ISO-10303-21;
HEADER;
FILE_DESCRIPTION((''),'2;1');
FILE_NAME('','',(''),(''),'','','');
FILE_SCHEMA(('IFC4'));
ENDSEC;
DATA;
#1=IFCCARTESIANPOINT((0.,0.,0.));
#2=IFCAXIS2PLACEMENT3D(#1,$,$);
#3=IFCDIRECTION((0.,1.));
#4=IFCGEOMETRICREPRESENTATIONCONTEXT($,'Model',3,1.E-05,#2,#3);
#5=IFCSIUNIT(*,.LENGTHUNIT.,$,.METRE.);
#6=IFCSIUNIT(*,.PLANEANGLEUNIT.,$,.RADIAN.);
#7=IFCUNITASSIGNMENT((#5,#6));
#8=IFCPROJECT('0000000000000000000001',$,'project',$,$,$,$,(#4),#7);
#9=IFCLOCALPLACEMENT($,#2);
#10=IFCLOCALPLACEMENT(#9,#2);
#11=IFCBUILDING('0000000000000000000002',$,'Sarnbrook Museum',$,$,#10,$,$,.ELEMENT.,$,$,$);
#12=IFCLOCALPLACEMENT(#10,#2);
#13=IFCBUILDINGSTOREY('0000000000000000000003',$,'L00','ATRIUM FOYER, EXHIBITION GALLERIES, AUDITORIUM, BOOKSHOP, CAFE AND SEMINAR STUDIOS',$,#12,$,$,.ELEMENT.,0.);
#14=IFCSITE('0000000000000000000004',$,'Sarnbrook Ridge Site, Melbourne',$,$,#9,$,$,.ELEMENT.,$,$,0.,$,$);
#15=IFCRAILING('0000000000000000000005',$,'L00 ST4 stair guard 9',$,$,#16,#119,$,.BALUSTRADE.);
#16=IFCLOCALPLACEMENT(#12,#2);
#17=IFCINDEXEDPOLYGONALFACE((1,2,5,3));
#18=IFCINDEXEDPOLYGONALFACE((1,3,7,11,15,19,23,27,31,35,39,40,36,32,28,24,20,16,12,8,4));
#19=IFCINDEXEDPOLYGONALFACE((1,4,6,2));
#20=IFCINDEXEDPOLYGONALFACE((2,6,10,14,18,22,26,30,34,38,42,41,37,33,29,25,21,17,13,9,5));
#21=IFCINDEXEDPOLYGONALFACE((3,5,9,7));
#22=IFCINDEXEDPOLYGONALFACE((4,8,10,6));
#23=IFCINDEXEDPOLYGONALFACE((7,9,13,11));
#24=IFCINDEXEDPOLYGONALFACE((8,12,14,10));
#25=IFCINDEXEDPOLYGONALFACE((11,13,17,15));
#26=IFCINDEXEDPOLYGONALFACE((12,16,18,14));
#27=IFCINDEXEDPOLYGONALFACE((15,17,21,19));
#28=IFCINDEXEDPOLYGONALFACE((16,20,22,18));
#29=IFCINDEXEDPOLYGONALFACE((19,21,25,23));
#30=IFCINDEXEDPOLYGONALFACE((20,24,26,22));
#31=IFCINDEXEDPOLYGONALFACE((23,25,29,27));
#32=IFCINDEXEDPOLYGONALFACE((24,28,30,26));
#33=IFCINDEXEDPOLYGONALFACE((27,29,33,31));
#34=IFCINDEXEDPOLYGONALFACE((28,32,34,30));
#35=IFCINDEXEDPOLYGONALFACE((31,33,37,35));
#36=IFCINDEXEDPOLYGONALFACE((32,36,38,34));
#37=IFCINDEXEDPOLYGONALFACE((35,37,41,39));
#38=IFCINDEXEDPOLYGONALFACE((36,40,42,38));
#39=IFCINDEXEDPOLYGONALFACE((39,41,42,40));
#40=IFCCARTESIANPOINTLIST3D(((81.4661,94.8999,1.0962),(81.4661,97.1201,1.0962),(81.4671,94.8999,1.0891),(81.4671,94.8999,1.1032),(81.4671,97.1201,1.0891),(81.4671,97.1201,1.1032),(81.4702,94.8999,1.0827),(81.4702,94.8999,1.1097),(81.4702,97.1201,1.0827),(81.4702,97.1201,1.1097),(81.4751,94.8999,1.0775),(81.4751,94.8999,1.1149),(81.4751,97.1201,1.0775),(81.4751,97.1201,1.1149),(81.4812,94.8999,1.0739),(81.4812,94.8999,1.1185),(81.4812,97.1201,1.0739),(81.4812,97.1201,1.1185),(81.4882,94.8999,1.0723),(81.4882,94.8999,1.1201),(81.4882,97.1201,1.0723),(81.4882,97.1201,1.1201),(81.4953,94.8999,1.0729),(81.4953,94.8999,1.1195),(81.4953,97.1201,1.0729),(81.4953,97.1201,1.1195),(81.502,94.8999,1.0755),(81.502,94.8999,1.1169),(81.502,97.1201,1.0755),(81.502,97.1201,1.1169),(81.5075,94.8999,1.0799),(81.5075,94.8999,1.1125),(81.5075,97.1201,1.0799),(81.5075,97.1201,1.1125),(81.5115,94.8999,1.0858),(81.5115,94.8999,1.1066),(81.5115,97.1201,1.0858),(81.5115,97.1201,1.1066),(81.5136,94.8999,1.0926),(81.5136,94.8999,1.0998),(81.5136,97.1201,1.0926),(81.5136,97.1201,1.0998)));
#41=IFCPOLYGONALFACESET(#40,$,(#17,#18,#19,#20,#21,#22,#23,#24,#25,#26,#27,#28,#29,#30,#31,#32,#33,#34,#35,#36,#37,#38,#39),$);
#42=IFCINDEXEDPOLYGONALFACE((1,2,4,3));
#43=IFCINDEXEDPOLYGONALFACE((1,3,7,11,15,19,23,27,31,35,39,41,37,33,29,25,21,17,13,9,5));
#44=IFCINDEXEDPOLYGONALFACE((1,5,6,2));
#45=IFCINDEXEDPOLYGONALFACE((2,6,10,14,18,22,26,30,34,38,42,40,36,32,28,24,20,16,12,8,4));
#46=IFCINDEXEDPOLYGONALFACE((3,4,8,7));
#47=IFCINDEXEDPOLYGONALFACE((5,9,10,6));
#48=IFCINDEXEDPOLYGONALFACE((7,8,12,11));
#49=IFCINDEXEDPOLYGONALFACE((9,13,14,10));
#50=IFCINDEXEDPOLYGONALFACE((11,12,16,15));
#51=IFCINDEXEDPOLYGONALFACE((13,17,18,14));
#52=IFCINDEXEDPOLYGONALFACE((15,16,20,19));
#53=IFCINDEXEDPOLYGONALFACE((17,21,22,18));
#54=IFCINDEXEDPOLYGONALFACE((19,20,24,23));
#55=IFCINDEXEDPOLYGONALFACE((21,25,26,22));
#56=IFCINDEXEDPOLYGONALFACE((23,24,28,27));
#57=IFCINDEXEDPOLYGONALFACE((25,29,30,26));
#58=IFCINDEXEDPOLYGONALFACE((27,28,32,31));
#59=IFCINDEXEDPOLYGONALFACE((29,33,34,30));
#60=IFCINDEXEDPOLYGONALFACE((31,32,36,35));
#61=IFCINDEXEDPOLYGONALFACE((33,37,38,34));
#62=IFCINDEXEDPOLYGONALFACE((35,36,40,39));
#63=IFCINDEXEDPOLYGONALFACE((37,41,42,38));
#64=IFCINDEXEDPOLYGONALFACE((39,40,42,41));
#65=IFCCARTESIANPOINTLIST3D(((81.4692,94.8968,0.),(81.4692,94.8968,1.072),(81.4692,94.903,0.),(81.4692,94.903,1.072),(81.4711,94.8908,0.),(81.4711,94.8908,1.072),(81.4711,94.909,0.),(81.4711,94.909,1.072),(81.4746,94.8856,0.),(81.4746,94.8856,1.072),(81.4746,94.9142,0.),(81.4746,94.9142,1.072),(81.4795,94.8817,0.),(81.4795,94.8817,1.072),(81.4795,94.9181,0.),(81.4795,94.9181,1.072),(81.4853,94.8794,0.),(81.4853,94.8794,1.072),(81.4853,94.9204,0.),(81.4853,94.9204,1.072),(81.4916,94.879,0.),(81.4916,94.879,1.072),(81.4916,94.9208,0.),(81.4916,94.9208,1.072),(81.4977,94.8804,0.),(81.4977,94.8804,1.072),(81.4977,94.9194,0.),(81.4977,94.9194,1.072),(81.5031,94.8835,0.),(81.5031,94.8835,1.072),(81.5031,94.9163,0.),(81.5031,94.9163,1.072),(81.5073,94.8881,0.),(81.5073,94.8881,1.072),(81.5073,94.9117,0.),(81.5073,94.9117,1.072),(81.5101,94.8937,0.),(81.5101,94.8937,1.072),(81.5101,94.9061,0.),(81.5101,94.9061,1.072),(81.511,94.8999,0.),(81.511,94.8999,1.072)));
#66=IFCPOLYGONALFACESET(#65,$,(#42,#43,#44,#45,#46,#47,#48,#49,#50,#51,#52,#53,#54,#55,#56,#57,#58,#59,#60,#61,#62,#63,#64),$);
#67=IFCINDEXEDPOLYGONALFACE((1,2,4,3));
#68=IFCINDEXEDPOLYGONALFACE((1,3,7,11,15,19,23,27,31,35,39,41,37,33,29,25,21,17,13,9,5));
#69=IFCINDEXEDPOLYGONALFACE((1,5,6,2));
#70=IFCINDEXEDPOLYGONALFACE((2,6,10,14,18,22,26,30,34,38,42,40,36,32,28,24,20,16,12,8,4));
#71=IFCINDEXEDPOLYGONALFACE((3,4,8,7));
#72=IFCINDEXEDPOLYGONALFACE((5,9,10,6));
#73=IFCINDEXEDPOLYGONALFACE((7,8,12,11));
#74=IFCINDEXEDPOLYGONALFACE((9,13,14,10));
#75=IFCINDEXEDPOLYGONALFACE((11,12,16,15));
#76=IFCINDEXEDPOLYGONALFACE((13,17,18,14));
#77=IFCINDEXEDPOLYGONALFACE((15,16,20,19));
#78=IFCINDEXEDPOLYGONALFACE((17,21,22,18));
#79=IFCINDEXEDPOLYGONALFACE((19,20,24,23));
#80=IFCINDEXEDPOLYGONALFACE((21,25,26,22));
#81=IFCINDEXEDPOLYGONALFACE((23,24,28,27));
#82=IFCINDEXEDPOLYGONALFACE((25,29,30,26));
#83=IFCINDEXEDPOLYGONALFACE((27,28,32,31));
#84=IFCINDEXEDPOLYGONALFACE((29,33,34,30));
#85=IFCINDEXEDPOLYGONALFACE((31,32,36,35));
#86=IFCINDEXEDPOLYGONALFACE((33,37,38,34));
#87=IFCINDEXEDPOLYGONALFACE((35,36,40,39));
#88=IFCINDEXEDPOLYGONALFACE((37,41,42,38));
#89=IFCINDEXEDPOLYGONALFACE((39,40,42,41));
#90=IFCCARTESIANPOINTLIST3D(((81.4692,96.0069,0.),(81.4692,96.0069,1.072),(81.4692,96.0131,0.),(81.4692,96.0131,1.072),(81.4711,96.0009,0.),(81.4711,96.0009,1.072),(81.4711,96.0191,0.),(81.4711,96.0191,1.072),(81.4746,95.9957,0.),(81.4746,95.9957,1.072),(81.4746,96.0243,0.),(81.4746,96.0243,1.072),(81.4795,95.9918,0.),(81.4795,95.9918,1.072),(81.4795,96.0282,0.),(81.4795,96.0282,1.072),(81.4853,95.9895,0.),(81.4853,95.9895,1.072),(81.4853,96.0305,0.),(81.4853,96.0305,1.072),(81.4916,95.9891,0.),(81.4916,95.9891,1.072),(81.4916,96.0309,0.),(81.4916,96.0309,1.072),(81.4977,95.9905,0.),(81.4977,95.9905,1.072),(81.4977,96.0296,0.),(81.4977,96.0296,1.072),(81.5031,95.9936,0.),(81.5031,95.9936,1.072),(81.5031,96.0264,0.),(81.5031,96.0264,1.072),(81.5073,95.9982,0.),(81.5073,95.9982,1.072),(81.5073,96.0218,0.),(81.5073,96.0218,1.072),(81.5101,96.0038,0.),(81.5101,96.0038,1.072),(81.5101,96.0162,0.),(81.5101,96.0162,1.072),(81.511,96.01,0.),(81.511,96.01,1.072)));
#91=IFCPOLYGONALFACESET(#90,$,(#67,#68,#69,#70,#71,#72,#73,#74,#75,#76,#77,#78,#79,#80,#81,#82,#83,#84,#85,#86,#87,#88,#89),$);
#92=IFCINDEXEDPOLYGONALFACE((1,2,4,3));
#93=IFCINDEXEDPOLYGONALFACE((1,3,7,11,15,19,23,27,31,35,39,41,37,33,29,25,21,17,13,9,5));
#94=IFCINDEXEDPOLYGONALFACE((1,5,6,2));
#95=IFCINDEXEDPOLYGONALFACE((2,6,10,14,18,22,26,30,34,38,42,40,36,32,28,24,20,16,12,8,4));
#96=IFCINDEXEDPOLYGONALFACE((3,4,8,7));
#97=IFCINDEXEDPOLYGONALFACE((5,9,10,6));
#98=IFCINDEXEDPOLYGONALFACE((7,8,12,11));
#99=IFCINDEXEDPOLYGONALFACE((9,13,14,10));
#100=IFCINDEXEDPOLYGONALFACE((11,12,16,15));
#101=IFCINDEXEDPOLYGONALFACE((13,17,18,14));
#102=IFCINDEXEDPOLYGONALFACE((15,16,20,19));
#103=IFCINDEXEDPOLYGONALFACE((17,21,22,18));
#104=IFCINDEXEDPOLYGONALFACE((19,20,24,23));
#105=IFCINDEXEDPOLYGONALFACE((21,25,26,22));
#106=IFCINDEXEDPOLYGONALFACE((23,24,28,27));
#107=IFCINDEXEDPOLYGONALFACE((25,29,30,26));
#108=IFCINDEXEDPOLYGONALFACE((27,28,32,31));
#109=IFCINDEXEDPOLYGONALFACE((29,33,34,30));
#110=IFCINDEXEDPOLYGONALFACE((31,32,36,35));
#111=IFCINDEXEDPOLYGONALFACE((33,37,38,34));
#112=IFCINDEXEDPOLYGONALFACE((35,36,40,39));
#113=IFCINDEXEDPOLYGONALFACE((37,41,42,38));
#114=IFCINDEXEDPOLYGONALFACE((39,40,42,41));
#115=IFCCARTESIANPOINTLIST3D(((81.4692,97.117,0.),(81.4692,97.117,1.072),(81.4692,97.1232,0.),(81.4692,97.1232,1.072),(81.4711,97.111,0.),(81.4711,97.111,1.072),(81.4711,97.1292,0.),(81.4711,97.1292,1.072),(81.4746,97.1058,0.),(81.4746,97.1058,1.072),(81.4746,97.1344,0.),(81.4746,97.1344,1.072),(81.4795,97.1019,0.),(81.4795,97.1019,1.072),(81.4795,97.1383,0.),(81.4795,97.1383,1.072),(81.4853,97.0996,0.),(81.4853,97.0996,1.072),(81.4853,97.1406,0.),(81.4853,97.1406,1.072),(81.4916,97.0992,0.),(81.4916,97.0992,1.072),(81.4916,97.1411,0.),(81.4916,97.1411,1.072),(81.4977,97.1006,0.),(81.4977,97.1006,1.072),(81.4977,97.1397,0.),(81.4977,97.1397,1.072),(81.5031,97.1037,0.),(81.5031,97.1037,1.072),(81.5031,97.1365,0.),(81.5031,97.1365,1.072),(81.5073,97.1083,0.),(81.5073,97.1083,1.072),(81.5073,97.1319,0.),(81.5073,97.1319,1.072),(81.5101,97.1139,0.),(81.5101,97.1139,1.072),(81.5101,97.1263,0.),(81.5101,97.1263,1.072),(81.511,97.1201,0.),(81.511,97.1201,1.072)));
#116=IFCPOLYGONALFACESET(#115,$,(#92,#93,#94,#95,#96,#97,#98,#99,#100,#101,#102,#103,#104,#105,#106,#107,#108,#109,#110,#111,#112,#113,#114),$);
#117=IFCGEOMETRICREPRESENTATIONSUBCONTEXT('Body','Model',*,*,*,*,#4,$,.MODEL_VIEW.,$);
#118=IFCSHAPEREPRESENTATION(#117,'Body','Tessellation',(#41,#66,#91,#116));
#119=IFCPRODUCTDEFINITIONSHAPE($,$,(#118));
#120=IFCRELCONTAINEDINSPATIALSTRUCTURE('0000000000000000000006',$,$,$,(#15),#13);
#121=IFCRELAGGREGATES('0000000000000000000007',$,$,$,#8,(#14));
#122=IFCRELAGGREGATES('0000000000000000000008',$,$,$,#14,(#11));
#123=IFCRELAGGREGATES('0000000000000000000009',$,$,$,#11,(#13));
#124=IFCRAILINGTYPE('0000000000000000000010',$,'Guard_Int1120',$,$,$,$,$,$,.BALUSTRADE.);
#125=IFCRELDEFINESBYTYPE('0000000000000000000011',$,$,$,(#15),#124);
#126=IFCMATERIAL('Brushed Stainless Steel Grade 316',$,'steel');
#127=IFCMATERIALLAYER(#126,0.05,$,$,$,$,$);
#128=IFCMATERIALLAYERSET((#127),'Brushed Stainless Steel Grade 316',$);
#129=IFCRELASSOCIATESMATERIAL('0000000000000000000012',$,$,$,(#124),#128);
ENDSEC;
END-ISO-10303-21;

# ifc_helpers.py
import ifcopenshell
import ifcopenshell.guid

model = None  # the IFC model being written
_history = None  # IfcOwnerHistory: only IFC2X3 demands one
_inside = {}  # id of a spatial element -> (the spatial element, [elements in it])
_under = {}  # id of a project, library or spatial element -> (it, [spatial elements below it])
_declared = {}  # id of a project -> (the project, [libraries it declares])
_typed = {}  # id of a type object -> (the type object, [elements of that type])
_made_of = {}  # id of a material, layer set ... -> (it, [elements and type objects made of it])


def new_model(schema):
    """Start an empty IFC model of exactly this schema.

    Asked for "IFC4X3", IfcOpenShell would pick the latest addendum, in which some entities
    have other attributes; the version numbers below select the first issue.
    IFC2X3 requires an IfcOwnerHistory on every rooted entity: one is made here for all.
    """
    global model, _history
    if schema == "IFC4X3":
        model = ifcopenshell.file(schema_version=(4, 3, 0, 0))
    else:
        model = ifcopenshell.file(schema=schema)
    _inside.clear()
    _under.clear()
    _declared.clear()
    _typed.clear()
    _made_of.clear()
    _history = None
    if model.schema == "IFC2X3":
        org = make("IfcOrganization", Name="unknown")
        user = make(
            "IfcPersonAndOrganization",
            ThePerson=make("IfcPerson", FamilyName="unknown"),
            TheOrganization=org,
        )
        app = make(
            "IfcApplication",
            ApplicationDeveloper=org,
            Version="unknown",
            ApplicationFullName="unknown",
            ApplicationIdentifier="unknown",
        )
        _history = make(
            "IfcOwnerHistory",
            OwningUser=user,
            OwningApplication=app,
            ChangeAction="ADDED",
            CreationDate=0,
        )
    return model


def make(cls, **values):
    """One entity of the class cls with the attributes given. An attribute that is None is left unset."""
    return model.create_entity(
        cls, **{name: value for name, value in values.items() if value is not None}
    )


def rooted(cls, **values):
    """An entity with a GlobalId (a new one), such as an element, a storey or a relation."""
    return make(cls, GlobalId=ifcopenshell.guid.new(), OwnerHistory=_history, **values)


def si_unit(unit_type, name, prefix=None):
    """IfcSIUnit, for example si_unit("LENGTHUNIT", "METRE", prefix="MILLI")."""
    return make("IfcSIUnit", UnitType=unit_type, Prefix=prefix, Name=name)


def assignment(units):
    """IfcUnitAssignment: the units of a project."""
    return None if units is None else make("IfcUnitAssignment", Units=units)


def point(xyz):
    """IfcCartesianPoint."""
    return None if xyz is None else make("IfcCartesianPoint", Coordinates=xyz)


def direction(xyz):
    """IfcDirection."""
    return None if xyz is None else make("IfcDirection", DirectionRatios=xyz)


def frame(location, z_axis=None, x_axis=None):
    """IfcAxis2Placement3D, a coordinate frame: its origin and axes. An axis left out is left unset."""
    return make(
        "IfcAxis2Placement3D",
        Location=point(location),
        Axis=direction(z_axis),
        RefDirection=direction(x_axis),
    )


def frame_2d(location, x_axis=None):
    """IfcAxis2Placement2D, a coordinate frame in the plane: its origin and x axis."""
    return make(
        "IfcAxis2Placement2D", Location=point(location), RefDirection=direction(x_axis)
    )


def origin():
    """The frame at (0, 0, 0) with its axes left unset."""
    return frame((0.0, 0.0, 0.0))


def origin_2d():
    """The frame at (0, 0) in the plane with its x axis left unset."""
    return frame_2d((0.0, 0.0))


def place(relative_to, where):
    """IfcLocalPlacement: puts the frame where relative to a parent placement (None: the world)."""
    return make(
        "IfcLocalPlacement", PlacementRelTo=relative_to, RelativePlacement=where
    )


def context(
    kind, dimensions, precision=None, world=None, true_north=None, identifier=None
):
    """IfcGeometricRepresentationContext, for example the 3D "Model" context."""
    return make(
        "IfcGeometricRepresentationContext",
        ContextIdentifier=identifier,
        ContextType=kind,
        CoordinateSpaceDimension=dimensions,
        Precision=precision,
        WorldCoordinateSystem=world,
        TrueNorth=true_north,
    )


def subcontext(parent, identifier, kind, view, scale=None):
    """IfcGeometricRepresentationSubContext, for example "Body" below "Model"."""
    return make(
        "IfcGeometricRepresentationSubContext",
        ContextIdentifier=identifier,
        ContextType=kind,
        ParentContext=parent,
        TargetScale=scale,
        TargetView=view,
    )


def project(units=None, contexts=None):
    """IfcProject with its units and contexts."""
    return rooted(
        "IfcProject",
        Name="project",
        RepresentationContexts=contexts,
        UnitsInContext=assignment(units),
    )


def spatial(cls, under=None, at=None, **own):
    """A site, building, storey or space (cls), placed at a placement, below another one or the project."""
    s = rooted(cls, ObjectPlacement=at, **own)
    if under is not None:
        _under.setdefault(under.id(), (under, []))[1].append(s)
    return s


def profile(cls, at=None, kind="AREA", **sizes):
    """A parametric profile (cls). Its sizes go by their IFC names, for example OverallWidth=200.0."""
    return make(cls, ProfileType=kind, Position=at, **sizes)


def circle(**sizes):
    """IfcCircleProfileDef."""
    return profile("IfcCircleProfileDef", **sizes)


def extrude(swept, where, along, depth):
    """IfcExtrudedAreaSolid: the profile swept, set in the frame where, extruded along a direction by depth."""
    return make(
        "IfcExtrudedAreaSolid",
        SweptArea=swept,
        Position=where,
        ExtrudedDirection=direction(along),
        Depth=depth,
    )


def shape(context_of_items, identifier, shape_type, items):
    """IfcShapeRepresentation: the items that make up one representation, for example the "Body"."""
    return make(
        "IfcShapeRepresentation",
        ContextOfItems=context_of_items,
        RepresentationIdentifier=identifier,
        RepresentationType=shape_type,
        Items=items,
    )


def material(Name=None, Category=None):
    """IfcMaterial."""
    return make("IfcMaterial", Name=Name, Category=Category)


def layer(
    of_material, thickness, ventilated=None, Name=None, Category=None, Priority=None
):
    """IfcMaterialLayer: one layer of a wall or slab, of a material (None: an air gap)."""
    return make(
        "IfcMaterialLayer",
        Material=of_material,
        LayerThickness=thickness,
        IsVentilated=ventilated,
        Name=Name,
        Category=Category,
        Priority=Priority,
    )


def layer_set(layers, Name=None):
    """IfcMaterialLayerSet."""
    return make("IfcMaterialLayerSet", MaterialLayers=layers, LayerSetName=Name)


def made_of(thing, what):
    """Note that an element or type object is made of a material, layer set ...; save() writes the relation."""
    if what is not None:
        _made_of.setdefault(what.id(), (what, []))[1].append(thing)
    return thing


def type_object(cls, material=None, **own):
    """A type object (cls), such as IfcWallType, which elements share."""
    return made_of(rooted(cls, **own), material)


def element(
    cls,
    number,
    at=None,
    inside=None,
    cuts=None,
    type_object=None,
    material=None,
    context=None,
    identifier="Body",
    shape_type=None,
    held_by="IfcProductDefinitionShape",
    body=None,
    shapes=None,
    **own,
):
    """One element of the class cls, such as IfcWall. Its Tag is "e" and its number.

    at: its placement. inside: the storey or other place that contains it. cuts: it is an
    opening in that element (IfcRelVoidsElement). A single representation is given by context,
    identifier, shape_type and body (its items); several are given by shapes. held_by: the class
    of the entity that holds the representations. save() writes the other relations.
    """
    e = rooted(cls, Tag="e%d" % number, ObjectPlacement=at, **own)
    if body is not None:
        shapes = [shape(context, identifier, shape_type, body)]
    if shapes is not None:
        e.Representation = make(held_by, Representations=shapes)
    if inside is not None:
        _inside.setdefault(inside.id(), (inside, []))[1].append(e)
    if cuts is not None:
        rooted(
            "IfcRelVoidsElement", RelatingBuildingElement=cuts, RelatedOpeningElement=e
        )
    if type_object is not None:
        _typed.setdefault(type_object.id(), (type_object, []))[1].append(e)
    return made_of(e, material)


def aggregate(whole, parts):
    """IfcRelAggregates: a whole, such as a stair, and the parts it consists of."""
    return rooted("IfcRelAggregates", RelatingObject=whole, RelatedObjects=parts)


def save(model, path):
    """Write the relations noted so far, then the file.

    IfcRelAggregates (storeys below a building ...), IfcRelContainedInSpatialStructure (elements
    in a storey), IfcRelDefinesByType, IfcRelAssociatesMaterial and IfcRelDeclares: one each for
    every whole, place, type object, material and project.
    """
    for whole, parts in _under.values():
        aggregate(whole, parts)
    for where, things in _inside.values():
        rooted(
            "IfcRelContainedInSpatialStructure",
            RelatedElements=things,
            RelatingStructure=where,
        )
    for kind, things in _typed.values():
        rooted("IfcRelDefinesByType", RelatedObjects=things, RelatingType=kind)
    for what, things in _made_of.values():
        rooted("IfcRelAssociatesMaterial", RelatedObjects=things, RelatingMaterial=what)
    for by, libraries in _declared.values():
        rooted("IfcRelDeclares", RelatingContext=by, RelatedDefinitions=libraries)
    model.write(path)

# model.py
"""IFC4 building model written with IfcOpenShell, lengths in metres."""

from ifc_helpers import new_model, si_unit, direction, frame, origin, origin_2d, place, context, subcontext, project, spatial, circle, extrude, material, layer, layer_set, type_object, element, save


model = new_model("IFC4")

# Units and contexts
model_context = context("Model", 3, precision=1e-05, world=origin(), true_north=direction((0.0, 1.0)))
body_context = subcontext(model_context, "Body", "Model", "MODEL_VIEW")
ifc_project = project(units=[si_unit("LENGTHUNIT", "METRE"), si_unit("PLANEANGLEUNIT", "RADIAN")], contexts=[model_context])

# Site, building, storey
site_placement = place(None, origin())
site = spatial("IfcSite", under=ifc_project, at=site_placement, Name="Sarnbrook Ridge Site, Melbourne", CompositionType="ELEMENT", RefElevation=0.0)
building_placement = place(site_placement, origin())
building = spatial("IfcBuilding", under=site, at=building_placement, Name="Sarnbrook Museum", CompositionType="ELEMENT")
storey_placement = place(building_placement, origin())
storey = spatial("IfcBuildingStorey", under=building, at=storey_placement, Name="L00", Description="ATRIUM FOYER, EXHIBITION GALLERIES, AUDITORIUM, BOOKSHOP, CAFE AND SEMINAR STUDIOS", CompositionType="ELEMENT", Elevation=0.0)

# Shared definitions
ifc_material_1 = material(Name="Brushed Stainless Steel Grade 316", Category="steel")

# Railing
ifc_layer_1 = layer(ifc_material_1, 0.05)
ifc_layer_set_1 = layer_set([ifc_layer_1], Name="Brushed Stainless Steel Grade 316")
railing_type_1 = type_object("IfcRailingType", Name="Guard_Int1120", PredefinedType="BALUSTRADE", material=ifc_layer_set_1)
for number, where, name in (
    (1, (81.49, 94.8999, 0.0), "L00 ST4 stair guard 9"),
):
    element("IfcRailing", number, at=place(storey_placement, frame(where)), inside=storey, type_object=railing_type_1, Name=name, PredefinedType="BALUSTRADE", context=body_context, shape_type="SweptSolid", body=[
        extrude(circle(Radius=0.0239, at=origin_2d()), frame((0.0, 0.0, 1.0962), z_axis=(0.0, 1.0, 0.0), x_axis=(-1.0, 0.0, 0.0)), (0.0, 0.0, 1.0), 2.2202),
        extrude(circle(Radius=0.021, at=origin_2d()), origin(), (0.0, 0.0, 1.0), 1.072),
        extrude(circle(Radius=0.021, at=origin_2d()), frame((0.0, 1.1101, 0.0)), (0.0, 0.0, 1.0), 1.072),
        extrude(circle(Radius=0.021, at=origin_2d()), frame((0.0, 2.2202, 0.0)), (0.0, 0.0, 1.0), 1.072),
    ])

save(model, "model.ifc")
